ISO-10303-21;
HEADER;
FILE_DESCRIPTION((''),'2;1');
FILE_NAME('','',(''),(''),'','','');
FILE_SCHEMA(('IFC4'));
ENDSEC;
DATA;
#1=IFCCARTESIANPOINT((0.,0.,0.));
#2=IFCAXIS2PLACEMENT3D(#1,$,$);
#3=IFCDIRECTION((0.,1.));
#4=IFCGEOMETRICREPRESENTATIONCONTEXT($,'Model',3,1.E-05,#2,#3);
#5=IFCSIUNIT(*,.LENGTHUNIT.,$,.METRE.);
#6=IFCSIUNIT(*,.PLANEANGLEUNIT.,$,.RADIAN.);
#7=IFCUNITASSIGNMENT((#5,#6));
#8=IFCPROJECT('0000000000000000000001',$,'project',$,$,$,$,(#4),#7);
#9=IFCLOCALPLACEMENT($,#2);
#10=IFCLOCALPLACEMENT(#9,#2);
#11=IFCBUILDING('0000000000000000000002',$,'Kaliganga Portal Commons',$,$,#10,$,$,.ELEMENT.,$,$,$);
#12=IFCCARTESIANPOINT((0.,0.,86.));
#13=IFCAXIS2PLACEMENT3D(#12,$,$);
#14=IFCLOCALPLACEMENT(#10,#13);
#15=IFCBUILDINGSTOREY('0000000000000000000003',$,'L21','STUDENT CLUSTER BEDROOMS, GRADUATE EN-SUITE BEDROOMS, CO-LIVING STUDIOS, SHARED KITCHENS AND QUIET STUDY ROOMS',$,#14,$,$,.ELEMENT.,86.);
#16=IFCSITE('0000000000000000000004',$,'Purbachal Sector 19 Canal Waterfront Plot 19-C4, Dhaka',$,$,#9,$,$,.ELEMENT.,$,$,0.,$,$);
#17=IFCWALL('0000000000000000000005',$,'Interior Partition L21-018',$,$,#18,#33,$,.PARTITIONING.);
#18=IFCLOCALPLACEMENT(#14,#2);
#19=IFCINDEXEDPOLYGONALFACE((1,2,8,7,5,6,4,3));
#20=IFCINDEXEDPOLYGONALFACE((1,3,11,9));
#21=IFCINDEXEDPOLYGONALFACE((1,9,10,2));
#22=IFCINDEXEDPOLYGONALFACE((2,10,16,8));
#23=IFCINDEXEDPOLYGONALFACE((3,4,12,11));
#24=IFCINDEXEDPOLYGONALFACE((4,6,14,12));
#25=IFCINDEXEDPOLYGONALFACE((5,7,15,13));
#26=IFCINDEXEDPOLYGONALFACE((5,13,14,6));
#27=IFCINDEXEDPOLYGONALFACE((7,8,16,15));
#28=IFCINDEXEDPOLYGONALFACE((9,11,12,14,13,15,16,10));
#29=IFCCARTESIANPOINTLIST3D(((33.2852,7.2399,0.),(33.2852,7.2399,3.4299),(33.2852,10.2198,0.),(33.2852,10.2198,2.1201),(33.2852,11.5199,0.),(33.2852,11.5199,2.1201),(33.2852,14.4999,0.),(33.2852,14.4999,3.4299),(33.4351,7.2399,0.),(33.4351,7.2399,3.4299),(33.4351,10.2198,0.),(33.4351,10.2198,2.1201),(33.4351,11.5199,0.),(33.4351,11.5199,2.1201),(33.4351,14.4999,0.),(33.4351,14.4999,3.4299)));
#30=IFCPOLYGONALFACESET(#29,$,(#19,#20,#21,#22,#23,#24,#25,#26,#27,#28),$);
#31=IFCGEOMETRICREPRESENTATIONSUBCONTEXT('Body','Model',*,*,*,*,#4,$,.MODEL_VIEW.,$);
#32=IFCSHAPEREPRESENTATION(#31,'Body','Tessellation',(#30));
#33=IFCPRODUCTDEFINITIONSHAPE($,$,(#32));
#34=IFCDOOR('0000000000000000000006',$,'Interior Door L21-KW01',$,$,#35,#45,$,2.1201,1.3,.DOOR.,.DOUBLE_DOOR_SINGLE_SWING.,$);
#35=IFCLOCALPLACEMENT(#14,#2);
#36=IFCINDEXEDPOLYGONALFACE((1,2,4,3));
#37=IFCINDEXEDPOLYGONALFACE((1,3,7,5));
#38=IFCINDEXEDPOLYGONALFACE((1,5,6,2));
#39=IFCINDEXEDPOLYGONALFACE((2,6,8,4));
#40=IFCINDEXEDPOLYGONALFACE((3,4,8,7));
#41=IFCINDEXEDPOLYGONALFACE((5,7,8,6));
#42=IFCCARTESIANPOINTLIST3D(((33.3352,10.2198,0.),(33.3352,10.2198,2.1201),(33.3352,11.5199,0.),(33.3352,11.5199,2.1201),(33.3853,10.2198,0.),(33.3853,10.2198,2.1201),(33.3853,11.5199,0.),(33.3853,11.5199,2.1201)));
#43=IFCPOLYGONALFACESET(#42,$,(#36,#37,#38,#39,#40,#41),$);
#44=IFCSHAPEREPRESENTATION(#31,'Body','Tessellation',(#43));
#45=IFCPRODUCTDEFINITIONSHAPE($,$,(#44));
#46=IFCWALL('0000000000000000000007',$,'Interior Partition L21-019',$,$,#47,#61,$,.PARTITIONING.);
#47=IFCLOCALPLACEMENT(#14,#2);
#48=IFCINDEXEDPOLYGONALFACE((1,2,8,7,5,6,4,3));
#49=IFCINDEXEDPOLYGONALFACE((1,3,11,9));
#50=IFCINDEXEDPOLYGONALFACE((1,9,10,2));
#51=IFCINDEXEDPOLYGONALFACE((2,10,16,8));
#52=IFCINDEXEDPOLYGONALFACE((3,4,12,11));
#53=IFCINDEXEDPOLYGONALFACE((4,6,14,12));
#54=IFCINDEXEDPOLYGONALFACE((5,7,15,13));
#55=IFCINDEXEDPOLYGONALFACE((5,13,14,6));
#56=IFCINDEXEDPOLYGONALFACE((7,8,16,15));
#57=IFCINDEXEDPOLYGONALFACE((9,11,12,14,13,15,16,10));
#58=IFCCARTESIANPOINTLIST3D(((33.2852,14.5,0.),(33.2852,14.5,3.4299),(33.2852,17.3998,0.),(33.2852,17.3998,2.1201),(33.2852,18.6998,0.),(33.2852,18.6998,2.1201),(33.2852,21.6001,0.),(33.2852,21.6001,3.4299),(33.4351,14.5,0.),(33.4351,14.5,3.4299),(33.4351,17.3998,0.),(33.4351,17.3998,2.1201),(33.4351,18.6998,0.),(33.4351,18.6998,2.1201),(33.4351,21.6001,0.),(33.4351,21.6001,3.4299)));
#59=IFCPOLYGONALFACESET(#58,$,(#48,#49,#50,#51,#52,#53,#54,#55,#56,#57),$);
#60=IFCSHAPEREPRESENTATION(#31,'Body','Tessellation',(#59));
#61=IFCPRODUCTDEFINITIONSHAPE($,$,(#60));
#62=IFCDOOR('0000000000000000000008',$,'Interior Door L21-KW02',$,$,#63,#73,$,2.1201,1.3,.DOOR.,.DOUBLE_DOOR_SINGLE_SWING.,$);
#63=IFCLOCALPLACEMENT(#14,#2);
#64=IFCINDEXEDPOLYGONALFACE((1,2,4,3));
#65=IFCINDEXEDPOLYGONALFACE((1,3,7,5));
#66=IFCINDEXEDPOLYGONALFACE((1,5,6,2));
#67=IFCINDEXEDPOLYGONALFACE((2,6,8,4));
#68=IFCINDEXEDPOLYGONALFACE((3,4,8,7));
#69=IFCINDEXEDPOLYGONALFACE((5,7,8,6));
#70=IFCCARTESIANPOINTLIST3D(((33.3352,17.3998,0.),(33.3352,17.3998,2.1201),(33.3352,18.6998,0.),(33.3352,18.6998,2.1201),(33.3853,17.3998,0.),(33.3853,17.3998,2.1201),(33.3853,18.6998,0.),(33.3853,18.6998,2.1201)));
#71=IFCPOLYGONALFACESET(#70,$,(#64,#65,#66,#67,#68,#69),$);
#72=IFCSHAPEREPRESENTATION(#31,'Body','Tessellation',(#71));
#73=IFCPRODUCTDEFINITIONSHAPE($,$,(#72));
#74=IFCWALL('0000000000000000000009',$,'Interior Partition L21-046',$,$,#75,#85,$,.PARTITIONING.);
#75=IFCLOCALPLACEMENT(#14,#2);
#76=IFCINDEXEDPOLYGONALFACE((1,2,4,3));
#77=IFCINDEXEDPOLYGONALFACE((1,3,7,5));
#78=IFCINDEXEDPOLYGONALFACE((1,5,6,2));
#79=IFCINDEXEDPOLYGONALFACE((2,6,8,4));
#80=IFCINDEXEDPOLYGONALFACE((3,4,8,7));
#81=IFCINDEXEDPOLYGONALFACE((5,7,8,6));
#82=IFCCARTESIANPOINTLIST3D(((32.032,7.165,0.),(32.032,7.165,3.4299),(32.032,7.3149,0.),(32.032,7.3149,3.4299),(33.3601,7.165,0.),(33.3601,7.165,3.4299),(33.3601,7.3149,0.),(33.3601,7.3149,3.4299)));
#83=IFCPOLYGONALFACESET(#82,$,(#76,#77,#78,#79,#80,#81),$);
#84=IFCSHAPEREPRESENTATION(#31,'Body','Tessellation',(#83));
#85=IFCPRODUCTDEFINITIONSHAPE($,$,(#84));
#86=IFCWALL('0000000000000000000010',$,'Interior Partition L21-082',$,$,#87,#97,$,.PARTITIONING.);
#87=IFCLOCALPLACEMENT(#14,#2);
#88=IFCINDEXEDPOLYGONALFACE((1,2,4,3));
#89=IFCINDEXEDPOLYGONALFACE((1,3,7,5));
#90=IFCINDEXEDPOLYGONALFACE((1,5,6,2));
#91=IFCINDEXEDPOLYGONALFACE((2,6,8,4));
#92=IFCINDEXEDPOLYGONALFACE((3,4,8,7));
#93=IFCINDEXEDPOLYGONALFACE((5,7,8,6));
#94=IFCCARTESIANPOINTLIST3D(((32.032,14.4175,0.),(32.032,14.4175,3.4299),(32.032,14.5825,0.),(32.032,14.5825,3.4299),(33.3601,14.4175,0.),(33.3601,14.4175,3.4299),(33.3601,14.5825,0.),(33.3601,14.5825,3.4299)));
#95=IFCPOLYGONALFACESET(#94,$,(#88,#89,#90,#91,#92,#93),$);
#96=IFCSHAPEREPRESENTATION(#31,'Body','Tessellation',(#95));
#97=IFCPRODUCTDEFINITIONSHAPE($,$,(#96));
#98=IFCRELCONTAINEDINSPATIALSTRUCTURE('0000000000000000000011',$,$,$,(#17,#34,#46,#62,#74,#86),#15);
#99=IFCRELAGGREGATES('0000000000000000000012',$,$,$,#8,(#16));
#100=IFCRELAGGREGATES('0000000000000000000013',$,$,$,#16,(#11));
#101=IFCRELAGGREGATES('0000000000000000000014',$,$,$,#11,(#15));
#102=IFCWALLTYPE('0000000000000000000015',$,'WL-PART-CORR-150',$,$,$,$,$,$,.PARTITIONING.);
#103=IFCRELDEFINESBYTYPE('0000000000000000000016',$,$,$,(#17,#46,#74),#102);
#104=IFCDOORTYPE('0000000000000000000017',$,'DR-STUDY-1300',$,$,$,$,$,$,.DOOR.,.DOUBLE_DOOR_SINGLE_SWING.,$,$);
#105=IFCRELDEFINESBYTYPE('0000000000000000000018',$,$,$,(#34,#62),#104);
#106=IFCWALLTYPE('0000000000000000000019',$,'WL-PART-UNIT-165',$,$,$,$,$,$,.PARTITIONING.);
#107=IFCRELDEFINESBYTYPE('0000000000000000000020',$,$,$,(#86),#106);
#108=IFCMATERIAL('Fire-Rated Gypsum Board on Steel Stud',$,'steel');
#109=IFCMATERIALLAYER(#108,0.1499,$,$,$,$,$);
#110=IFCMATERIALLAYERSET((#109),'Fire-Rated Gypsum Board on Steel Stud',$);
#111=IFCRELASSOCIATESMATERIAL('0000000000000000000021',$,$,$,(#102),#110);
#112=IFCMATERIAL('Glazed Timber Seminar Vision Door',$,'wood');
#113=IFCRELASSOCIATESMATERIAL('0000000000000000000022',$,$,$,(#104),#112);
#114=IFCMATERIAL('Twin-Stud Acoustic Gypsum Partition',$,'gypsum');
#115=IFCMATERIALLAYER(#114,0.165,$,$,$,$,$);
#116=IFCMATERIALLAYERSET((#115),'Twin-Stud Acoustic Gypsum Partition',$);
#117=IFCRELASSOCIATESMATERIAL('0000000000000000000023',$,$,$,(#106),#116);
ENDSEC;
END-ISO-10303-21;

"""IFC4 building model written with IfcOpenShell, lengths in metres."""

from ifc_helpers import new_model, si_unit, direction, frame, frame_2d, origin, place, context, subcontext, project, spatial, rectangle, extrude, material, layer, layer_set, type_object, element, fill, save


model = new_model("IFC4")

# Units and contexts
model_context = context("Model", 3, precision=1e-05, world=origin(), true_north=direction((0.0, 1.0)))
body_context = subcontext(model_context, "Body", "Model", "MODEL_VIEW")
ifc_project = project(units=[si_unit("LENGTHUNIT", "METRE"), si_unit("PLANEANGLEUNIT", "RADIAN")], contexts=[model_context])

# Site, building, storey
site_placement = place(None, origin())
site = spatial("IfcSite", under=ifc_project, at=site_placement, Name="Purbachal Sector 19 Canal Waterfront Plot 19-C4, Dhaka", CompositionType="ELEMENT", RefElevation=0.0)
building_placement = place(site_placement, origin())
building = spatial("IfcBuilding", under=site, at=building_placement, Name="Kaliganga Portal Commons", CompositionType="ELEMENT")
storey_placement = place(building_placement, frame((0.0, 0.0, 86.0)))
storey = spatial("IfcBuildingStorey", under=building, at=storey_placement, Name="L21", Description="STUDENT CLUSTER BEDROOMS, GRADUATE EN-SUITE BEDROOMS, CO-LIVING STUDIOS, SHARED KITCHENS AND QUIET STUDY ROOMS", CompositionType="ELEMENT", Elevation=86.0)

# Walls, openings, doors
ifc_material_1 = material(Name="Fire-Rated Gypsum Board on Steel Stud", Category="steel")
ifc_layer_1 = layer(ifc_material_1, 0.1499)
ifc_layer_set_1 = layer_set([ifc_layer_1], Name="Fire-Rated Gypsum Board on Steel Stud")
wall_type_1 = type_object("IfcWallType", Name="WL-PART-CORR-150", PredefinedType="PARTITIONING", material=ifc_layer_set_1)
wall_1_placement = place(storey_placement, frame((33.3601, 7.24, 0.0), z_axis=(0.0, 0.0, 1.0), x_axis=(0.0, 1.0, 0.0)))
wall_1 = element("IfcWall", 1, at=wall_1_placement, inside=storey, type_object=wall_type_1, Name="Interior Partition L21-018", PredefinedType="PARTITIONING", context=body_context, shape_type="SweptSolid", body=[
    extrude(rectangle(XDim=7.26, YDim=0.1499, at=frame_2d((3.6299, 0.0))), origin(), (0.0, 0.0, 1.0), 3.4299),
])
opening_1_placement = place(wall_1_placement, frame((2.98, 0.0, 0.0)))
opening_1 = element("IfcOpeningElement", 2, at=opening_1_placement, cuts=wall_1, PredefinedType="OPENING", context=body_context, shape_type="SweptSolid", body=[
    extrude(rectangle(XDim=1.3, YDim=2.1201, at=frame_2d((0.6499, 1.0601))), frame((0.0, 0.085, 0.0), z_axis=(0.0, -1.0, 0.0), x_axis=(1.0, 0.0, 0.0)), (0.0, 0.0, 1.0), 0.1699),
])
ifc_material_2 = material(Name="Glazed Timber Seminar Vision Door", Category="wood")
door_type_1 = type_object("IfcDoorType", Name="DR-STUDY-1300", OperationType="DOUBLE_DOOR_SINGLE_SWING", PredefinedType="DOOR", material=ifc_material_2)
door_1_placement = place(opening_1_placement, origin())
door_1 = element("IfcDoor", 3, at=door_1_placement, inside=storey, type_object=door_type_1, Name="Interior Door L21-KW01", OperationType="DOUBLE_DOOR_SINGLE_SWING", OverallHeight=2.1201, OverallWidth=1.3, PredefinedType="DOOR", context=body_context, shape_type="SweptSolid", body=[
    extrude(rectangle(XDim=1.3, YDim=2.1201, at=frame_2d((0.6499, 1.0601))), frame((0.0, 0.0249, 0.0), z_axis=(0.0, -1.0, 0.0), x_axis=(1.0, 0.0, 0.0)), (0.0, 0.0, 1.0), 0.05),
])
fill(opening_1, door_1)
wall_2_placement = place(storey_placement, frame((33.3601, 14.5, 0.0), z_axis=(0.0, 0.0, 1.0), x_axis=(0.0, 1.0, 0.0)))
wall_2 = element("IfcWall", 4, at=wall_2_placement, inside=storey, type_object=wall_type_1, Name="Interior Partition L21-019", PredefinedType="PARTITIONING", context=body_context, shape_type="SweptSolid", body=[
    extrude(rectangle(XDim=7.1001, YDim=0.1499, at=frame_2d((3.55, 0.0))), origin(), (0.0, 0.0, 1.0), 3.4299),
])
opening_2_placement = place(wall_2_placement, frame((2.8999, 0.0, 0.0)))
opening_2 = element("IfcOpeningElement", 5, at=opening_2_placement, cuts=wall_2, PredefinedType="OPENING", context=body_context, shape_type="SweptSolid", body=[
    extrude(rectangle(XDim=1.3, YDim=2.1201, at=frame_2d((0.6499, 1.0601))), frame((0.0, 0.085, 0.0), z_axis=(0.0, -1.0, 0.0), x_axis=(1.0, 0.0, 0.0)), (0.0, 0.0, 1.0), 0.1699),
])
door_2_placement = place(opening_2_placement, origin())
door_2 = element("IfcDoor", 6, at=door_2_placement, inside=storey, type_object=door_type_1, Name="Interior Door L21-KW02", OperationType="DOUBLE_DOOR_SINGLE_SWING", OverallHeight=2.1201, OverallWidth=1.3, PredefinedType="DOOR", context=body_context, shape_type="SweptSolid", body=[
    extrude(rectangle(XDim=1.3, YDim=2.1201, at=frame_2d((0.6499, 1.0601))), frame((0.0, 0.0249, 0.0), z_axis=(0.0, -1.0, 0.0), x_axis=(1.0, 0.0, 0.0)), (0.0, 0.0, 1.0), 0.05),
])
fill(opening_2, door_2)

# Walls
wall_3_placement = place(storey_placement, frame((32.032, 7.24, 0.0), z_axis=(0.0, 0.0, 1.0), x_axis=(1.0, 0.0, 0.0)))
element("IfcWall", 7, at=wall_3_placement, inside=storey, type_object=wall_type_1, Name="Interior Partition L21-046", PredefinedType="PARTITIONING", context=body_context, shape_type="SweptSolid", body=[
    extrude(rectangle(XDim=1.3281, YDim=0.1499, at=frame_2d((0.6641, 0.0))), origin(), (0.0, 0.0, 1.0), 3.4299),
])
ifc_material_3 = material(Name="Twin-Stud Acoustic Gypsum Partition", Category="gypsum")
ifc_layer_2 = layer(ifc_material_3, 0.165)
ifc_layer_set_2 = layer_set([ifc_layer_2], Name="Twin-Stud Acoustic Gypsum Partition")
wall_type_2 = type_object("IfcWallType", Name="WL-PART-UNIT-165", PredefinedType="PARTITIONING", material=ifc_layer_set_2)
wall_4_placement = place(storey_placement, frame((32.032, 14.5, 0.0), z_axis=(0.0, 0.0, 1.0), x_axis=(1.0, 0.0, 0.0)))
element("IfcWall", 8, at=wall_4_placement, inside=storey, type_object=wall_type_2, Name="Interior Partition L21-082", PredefinedType="PARTITIONING", context=body_context, shape_type="SweptSolid", body=[
    extrude(rectangle(XDim=1.3281, YDim=0.165, at=frame_2d((0.6641, 0.0))), origin(), (0.0, 0.0, 1.0), 3.4299),
])

save(model, "model.ifc")
